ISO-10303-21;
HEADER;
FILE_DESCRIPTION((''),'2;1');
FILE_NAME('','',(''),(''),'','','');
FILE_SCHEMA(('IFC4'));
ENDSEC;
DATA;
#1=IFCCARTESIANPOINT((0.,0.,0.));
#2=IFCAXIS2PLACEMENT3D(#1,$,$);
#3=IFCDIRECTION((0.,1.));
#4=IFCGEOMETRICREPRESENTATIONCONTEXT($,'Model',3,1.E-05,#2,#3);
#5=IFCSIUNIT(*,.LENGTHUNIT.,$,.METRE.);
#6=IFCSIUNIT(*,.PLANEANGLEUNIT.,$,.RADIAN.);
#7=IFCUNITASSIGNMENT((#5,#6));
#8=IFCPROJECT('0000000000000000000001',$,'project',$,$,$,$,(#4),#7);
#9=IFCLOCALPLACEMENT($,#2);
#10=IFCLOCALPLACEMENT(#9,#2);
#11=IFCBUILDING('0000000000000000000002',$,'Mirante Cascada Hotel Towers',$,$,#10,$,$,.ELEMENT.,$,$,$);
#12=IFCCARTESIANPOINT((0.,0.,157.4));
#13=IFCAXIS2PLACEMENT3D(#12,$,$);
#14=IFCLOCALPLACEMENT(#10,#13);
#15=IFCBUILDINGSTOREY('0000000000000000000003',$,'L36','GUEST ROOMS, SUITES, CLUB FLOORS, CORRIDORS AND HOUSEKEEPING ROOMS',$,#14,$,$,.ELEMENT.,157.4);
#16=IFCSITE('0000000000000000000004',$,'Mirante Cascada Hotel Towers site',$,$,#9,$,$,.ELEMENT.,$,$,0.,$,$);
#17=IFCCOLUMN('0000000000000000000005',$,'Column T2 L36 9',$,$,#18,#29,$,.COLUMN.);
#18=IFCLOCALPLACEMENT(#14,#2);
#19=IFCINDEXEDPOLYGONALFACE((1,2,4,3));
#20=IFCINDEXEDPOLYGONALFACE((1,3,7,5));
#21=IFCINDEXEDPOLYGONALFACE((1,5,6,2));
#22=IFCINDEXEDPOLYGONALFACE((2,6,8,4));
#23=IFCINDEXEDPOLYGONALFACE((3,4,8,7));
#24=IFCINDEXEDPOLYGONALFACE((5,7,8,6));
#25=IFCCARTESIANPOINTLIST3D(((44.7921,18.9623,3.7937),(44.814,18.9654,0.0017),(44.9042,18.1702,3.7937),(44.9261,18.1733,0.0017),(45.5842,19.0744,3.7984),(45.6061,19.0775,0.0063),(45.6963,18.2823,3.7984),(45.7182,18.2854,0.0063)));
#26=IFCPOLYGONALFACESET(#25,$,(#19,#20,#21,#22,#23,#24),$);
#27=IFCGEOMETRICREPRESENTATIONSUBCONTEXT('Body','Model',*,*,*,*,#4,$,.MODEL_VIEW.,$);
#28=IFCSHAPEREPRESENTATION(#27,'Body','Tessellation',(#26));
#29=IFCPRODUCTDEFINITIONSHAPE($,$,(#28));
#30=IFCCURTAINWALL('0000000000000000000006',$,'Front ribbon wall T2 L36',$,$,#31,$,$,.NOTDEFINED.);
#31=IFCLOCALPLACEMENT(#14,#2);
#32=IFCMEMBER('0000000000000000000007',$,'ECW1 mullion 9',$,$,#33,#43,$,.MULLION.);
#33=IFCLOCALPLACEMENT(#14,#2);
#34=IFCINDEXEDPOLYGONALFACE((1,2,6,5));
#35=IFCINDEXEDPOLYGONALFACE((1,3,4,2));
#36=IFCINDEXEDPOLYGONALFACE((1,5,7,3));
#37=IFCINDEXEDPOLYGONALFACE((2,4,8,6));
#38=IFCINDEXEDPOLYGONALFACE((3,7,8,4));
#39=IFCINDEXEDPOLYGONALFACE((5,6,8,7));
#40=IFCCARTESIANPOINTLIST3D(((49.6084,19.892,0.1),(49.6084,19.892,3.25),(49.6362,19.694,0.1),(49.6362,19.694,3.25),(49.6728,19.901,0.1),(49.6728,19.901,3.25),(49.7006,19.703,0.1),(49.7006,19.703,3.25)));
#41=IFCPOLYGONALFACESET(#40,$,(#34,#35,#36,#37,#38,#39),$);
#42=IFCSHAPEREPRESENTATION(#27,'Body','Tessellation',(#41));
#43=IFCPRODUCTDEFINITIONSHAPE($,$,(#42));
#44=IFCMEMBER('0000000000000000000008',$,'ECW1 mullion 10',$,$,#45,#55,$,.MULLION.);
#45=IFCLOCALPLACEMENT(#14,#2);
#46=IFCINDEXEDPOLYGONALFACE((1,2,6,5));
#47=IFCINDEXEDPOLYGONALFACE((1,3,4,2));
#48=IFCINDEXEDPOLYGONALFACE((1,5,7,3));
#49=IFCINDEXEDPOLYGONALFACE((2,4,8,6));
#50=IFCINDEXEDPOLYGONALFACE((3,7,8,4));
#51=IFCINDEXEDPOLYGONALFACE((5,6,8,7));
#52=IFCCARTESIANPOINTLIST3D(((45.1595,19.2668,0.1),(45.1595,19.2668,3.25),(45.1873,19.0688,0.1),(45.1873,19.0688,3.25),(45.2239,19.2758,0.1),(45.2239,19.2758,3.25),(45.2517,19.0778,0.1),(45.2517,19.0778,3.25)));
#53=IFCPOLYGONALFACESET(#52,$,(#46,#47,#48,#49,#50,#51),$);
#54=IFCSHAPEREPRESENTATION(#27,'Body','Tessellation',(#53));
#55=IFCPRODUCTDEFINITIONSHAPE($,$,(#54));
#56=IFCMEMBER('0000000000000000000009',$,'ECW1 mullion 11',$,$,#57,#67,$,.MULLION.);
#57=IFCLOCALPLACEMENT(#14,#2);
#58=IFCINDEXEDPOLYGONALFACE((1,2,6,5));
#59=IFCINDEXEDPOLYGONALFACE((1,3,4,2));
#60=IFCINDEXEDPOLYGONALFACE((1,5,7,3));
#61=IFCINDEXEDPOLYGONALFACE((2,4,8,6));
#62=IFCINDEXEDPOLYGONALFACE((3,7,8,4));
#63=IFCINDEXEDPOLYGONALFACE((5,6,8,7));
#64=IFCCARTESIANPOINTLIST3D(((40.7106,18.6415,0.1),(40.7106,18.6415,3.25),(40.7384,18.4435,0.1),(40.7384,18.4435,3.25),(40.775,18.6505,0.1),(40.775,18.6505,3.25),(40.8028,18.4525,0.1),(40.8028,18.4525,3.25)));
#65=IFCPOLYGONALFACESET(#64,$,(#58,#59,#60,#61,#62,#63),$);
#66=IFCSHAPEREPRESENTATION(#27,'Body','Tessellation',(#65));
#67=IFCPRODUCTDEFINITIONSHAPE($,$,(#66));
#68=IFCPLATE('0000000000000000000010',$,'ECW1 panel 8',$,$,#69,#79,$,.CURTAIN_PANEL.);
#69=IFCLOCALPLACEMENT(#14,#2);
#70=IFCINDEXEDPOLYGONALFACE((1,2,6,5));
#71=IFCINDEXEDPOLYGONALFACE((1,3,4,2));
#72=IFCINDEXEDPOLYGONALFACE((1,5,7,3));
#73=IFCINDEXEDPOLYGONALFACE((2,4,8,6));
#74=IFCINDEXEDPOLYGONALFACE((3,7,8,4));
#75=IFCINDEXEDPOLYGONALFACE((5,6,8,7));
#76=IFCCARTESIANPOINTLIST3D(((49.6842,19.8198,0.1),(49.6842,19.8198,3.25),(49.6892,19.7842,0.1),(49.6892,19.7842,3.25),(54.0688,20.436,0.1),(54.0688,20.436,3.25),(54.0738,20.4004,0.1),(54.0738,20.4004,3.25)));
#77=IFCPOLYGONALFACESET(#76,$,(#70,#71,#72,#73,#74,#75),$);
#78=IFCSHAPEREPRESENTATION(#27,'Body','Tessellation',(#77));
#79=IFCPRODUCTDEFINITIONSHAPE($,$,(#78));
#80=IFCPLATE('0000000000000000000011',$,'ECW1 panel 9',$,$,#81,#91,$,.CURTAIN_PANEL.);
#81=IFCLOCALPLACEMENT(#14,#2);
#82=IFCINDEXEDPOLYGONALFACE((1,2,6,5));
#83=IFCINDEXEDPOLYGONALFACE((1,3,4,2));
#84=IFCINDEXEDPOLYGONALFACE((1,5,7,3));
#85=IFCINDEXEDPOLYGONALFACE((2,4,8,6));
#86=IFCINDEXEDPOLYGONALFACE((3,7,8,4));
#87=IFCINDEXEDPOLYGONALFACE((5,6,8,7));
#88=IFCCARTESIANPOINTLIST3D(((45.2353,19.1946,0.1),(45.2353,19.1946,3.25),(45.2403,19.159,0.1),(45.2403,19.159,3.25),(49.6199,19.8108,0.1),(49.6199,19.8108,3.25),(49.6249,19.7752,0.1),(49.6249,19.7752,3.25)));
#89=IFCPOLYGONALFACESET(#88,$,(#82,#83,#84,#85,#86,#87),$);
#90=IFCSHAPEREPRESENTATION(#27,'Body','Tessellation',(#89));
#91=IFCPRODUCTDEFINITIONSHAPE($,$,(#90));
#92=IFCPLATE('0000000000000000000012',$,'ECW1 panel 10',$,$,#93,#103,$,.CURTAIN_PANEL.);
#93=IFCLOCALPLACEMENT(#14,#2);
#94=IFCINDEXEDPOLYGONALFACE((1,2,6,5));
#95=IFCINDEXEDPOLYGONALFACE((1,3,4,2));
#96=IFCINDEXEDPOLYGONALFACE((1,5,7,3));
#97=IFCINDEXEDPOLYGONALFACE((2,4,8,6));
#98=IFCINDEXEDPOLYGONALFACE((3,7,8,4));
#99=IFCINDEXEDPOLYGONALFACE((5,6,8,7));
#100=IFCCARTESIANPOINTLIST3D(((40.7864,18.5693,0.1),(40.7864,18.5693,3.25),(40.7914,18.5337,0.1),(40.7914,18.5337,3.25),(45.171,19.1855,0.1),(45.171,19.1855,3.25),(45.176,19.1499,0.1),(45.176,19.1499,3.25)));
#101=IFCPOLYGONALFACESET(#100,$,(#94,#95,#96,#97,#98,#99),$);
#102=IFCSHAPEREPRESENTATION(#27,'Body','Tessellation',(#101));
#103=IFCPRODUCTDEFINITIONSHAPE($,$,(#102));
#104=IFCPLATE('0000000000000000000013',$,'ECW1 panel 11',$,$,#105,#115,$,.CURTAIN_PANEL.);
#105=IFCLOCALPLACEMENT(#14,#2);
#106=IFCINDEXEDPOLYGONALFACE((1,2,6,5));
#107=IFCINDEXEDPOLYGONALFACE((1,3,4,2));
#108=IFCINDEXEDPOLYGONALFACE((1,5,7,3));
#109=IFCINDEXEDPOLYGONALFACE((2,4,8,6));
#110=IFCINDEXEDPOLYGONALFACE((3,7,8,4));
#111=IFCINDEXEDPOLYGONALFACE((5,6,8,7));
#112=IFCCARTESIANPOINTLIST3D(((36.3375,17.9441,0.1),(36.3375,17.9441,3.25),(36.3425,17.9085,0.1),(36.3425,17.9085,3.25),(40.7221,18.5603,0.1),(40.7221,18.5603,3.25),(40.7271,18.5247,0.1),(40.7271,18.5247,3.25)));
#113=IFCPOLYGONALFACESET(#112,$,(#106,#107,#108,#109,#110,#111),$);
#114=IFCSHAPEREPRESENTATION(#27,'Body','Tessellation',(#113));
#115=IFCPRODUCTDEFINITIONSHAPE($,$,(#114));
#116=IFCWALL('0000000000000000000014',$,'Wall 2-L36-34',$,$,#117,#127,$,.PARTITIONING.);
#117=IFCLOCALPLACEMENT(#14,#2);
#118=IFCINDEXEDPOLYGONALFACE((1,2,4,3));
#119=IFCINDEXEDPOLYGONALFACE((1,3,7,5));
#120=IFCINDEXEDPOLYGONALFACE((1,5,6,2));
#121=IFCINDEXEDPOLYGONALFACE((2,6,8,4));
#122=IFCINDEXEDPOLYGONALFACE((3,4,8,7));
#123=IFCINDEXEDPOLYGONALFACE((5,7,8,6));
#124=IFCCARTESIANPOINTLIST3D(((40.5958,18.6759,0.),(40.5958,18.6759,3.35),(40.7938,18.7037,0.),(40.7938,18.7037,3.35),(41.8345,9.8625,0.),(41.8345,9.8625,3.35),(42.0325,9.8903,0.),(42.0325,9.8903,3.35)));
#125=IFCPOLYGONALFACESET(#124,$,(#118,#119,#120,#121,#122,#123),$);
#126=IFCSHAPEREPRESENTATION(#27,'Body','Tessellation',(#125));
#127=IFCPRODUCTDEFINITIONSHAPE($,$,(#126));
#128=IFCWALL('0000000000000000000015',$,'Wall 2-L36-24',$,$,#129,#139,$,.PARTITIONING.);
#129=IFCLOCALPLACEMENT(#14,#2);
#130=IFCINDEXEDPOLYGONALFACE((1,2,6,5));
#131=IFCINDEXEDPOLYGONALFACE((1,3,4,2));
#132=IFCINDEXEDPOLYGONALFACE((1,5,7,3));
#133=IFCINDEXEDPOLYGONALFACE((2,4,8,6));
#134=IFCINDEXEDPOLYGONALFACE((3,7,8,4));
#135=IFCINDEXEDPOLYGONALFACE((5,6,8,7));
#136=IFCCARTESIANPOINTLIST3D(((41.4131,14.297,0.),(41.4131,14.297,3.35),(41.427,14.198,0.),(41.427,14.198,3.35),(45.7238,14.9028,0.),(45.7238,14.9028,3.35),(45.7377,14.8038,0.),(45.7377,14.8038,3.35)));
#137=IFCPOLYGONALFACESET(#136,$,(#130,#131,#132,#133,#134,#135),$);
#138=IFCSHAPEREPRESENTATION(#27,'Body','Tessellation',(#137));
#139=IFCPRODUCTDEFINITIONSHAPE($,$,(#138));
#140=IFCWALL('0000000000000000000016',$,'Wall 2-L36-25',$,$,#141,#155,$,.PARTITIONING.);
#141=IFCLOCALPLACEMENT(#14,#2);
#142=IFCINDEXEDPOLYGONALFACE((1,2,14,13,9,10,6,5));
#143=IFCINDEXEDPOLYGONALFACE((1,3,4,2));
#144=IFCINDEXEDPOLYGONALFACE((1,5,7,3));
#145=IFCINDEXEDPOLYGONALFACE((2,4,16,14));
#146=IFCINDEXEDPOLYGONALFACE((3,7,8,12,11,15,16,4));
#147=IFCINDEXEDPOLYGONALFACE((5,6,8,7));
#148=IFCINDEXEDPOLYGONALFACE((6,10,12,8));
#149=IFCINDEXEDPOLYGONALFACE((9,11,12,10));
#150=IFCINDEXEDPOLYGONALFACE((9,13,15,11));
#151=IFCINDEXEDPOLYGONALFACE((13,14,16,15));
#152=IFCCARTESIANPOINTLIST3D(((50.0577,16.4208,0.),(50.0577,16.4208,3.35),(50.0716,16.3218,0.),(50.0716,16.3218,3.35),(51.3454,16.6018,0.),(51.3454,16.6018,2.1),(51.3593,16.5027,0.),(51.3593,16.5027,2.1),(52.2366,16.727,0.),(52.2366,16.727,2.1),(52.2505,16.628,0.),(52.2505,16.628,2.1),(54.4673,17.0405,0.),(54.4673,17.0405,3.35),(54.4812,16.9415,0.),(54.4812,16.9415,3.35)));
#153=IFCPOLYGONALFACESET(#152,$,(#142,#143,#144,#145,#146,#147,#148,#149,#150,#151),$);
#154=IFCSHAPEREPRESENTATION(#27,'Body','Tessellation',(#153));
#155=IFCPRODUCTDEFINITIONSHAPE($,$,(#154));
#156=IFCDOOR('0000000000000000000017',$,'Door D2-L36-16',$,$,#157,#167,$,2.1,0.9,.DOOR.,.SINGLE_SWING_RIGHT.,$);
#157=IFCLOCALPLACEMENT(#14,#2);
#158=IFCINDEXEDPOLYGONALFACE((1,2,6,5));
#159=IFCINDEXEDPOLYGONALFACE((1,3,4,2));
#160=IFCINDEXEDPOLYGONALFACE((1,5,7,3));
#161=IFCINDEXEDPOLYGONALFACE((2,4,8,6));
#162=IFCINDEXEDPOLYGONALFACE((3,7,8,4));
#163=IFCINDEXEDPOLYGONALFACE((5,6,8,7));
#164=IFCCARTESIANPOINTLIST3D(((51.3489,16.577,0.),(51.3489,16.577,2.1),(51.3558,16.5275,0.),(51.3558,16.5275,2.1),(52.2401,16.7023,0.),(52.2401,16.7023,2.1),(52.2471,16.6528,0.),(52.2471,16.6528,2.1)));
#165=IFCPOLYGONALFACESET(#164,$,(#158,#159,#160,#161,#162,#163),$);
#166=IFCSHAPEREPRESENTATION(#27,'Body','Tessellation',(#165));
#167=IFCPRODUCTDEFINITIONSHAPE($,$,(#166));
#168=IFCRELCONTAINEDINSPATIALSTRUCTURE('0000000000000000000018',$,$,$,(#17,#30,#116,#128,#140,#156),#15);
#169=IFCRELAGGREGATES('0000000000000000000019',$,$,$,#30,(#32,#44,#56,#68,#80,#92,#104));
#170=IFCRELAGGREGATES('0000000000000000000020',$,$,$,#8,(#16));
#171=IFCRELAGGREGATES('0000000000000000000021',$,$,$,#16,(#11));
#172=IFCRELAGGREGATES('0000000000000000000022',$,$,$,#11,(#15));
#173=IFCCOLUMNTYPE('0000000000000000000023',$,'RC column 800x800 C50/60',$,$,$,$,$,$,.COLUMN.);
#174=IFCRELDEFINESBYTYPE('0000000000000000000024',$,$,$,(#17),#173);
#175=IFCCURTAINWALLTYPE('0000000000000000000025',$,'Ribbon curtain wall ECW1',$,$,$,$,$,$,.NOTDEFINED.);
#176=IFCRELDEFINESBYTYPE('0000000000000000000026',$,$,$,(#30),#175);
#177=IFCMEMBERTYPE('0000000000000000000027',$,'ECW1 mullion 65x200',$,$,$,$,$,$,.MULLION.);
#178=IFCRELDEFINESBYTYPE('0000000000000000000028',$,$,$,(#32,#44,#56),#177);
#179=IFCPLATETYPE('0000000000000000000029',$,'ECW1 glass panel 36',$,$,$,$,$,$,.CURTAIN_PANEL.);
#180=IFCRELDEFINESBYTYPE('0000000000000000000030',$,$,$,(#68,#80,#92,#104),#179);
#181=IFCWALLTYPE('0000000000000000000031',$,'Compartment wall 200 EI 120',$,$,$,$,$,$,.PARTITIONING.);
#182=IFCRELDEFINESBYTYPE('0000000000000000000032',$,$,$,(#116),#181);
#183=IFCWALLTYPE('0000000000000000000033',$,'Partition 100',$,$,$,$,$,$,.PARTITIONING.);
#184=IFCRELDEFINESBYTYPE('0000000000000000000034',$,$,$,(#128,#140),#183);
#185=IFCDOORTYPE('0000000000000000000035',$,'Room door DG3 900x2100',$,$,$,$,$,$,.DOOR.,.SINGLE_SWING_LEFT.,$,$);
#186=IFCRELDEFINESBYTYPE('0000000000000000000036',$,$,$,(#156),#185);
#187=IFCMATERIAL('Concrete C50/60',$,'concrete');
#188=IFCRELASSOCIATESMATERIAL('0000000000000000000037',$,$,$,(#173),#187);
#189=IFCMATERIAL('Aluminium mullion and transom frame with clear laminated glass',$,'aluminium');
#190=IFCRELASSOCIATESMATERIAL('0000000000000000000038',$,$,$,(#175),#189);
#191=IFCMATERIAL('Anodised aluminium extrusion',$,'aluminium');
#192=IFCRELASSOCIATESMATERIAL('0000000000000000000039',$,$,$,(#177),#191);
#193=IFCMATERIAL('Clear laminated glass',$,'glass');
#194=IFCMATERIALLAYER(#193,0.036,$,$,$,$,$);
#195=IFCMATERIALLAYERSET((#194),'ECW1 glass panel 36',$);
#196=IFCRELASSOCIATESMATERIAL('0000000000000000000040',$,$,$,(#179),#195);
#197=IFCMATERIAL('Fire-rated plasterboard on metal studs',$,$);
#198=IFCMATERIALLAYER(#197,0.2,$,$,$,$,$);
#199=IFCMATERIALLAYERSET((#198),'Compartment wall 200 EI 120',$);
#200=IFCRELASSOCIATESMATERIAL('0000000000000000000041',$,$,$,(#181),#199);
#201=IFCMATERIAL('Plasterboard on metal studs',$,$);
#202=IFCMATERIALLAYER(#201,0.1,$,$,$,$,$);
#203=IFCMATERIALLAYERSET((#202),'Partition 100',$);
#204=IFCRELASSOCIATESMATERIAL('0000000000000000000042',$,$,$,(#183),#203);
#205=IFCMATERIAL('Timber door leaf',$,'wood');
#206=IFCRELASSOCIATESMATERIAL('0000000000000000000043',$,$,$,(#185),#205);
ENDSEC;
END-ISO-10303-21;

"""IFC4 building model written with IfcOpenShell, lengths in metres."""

from ifc_helpers import new_model, si_unit, direction, frame, frame_2d, origin, origin_2d, place, context, subcontext, project, spatial, rectangle, extrude, material, layer, layer_set, material_profile, profile_set, type_object, element, fill, aggregate, save


model = new_model("IFC4")

# Units and contexts
model_context = context("Model", 3, precision=1e-05, world=origin(), true_north=direction((0.0, 1.0)))
body_context = subcontext(model_context, "Body", "Model", "MODEL_VIEW")
ifc_project = project(units=[si_unit("LENGTHUNIT", "METRE"), si_unit("PLANEANGLEUNIT", "RADIAN")], contexts=[model_context])

# Site, building, storey
site_placement = place(None, origin())
site = spatial("IfcSite", under=ifc_project, at=site_placement, Name="Mirante Cascada Hotel Towers site", CompositionType="ELEMENT", RefElevation=0.0)
building_placement = place(site_placement, origin())
building = spatial("IfcBuilding", under=site, at=building_placement, Name="Mirante Cascada Hotel Towers", CompositionType="ELEMENT")
storey_placement = place(building_placement, frame((0.0, 0.0, 157.4)))
storey = spatial("IfcBuildingStorey", under=building, at=storey_placement, Name="L36", Description="GUEST ROOMS, SUITES, CLUB FLOORS, CORRIDORS AND HOUSEKEEPING ROOMS", CompositionType="ELEMENT", Elevation=157.4)

# Column
ifc_material_1 = material(Name="Concrete C50/60", Category="concrete")
ifc_material_profile_1 = material_profile(ifc_material_1, rectangle(XDim=0.8, YDim=0.8, at=origin_2d()), Name="RC column 800x800 C50/60")
ifc_profile_set_1 = profile_set([ifc_material_profile_1], Name="Concrete C50/60")
column_type = type_object("IfcColumnType", Name="RC column 800x800 C50/60", PredefinedType="COLUMN", material=ifc_profile_set_1)
column_placement = place(storey_placement, frame((45.2661, 18.6254, 0.004), z_axis=(-0.005775, -0.000817, 0.999983), x_axis=(0.140155, -0.990129, 0.0)))
element("IfcColumn", 1, at=column_placement, inside=storey, type_object=column_type, Name="Column T2 L36 9", PredefinedType="COLUMN", context=body_context, shape_type="SweptSolid", body=[
    extrude(rectangle(XDim=0.8, YDim=0.8, at=origin_2d()), origin(), (0.0, 0.0, 1.0), 3.7921),
])

# Curtain wall, members, plates
ifc_material_2 = material(Name="Aluminium mullion and transom frame with clear laminated glass", Category="aluminium")
curtain_wall_type = type_object("IfcCurtainWallType", Name="Ribbon curtain wall ECW1", PredefinedType="NOTDEFINED", material=ifc_material_2)
curtain_wall_placement = place(storey_placement, origin())
curtain_wall = element("IfcCurtainWall", 2, at=curtain_wall_placement, inside=storey, type_object=curtain_wall_type, Name="Front ribbon wall T2 L36", PredefinedType="NOTDEFINED")
ifc_material_3 = material(Name="Anodised aluminium extrusion", Category="aluminium")
ifc_material_profile_2 = material_profile(ifc_material_3, rectangle(XDim=0.2, YDim=0.065, at=origin_2d()), Name="ECW1 MULLION 65x200")
ifc_profile_set_2 = profile_set([ifc_material_profile_2], Name="Anodised aluminium extrusion")
member_type = type_object("IfcMemberType", Name="ECW1 mullion 65x200", PredefinedType="MULLION", material=ifc_profile_set_2)
member_1_placement = place(storey_placement, frame((49.6545, 19.7975, 0.1), z_axis=(0.0, 0.0, 1.0), x_axis=(0.139173, -0.990268, 0.0)))
member_1 = element("IfcMember", 3, at=member_1_placement, type_object=member_type, Name="ECW1 mullion 9", PredefinedType="MULLION", context=body_context, shape_type="SweptSolid", body=[
    extrude(rectangle(XDim=0.2, YDim=0.065, at=origin_2d()), origin(), (0.0, 0.0, 1.0), 3.15),
])
member_2_placement = place(storey_placement, frame((45.2056, 19.1723, 0.1), z_axis=(0.0, 0.0, 1.0), x_axis=(0.139173, -0.990268, 0.0)))
member_2 = element("IfcMember", 4, at=member_2_placement, type_object=member_type, Name="ECW1 mullion 10", PredefinedType="MULLION", context=body_context, shape_type="SweptSolid", body=[
    extrude(rectangle(XDim=0.2, YDim=0.065, at=origin_2d()), origin(), (0.0, 0.0, 1.0), 3.15),
])
member_3_placement = place(storey_placement, frame((40.7567, 18.547, 0.1), z_axis=(0.0, 0.0, 1.0), x_axis=(0.139173, -0.990268, 0.0)))
member_3 = element("IfcMember", 5, at=member_3_placement, type_object=member_type, Name="ECW1 mullion 11", PredefinedType="MULLION", context=body_context, shape_type="SweptSolid", body=[
    extrude(rectangle(XDim=0.2, YDim=0.065, at=origin_2d()), origin(), (0.0, 0.0, 1.0), 3.15),
])
ifc_material_4 = material(Name="Clear laminated glass", Category="glass")
ifc_layer_1 = layer(ifc_material_4, 0.036)
ifc_layer_set_1 = layer_set([ifc_layer_1], Name="ECW1 glass panel 36")
plate_type = type_object("IfcPlateType", Name="ECW1 glass panel 36", PredefinedType="CURTAIN_PANEL", material=ifc_layer_set_1)
plate_1_placement = place(storey_placement, frame((51.879, 20.1101, 0.1), z_axis=(0.0, 0.0, 1.0), x_axis=(-0.990268, -0.139173, 0.0)))
plate_1 = element("IfcPlate", 6, at=plate_1_placement, type_object=plate_type, Name="ECW1 panel 8", PredefinedType="CURTAIN_PANEL", context=body_context, shape_type="SweptSolid", body=[
    extrude(rectangle(XDim=4.4276, YDim=0.036, at=origin_2d()), origin(), (0.0, 0.0, 1.0), 3.15),
])
plate_2_placement = place(storey_placement, frame((47.4301, 19.4849, 0.1), z_axis=(0.0, 0.0, 1.0), x_axis=(-0.990268, -0.139173, 0.0)))
plate_2 = element("IfcPlate", 7, at=plate_2_placement, type_object=plate_type, Name="ECW1 panel 9", PredefinedType="CURTAIN_PANEL", context=body_context, shape_type="SweptSolid", body=[
    extrude(rectangle(XDim=4.4276, YDim=0.036, at=origin_2d()), origin(), (0.0, 0.0, 1.0), 3.15),
])
plate_3_placement = place(storey_placement, frame((42.9812, 18.8596, 0.1), z_axis=(0.0, 0.0, 1.0), x_axis=(-0.990268, -0.139173, 0.0)))
plate_3 = element("IfcPlate", 8, at=plate_3_placement, type_object=plate_type, Name="ECW1 panel 10", PredefinedType="CURTAIN_PANEL", context=body_context, shape_type="SweptSolid", body=[
    extrude(rectangle(XDim=4.4276, YDim=0.036, at=origin_2d()), origin(), (0.0, 0.0, 1.0), 3.15),
])
plate_4_placement = place(storey_placement, frame((38.5323, 18.2344, 0.1), z_axis=(0.0, 0.0, 1.0), x_axis=(-0.990268, -0.139173, 0.0)))
plate_4 = element("IfcPlate", 9, at=plate_4_placement, type_object=plate_type, Name="ECW1 panel 11", PredefinedType="CURTAIN_PANEL", context=body_context, shape_type="SweptSolid", body=[
    extrude(rectangle(XDim=4.4276, YDim=0.036, at=origin_2d()), origin(), (0.0, 0.0, 1.0), 3.15),
])
aggregate(curtain_wall, [member_1, member_2, member_3, plate_1, plate_2, plate_3, plate_4])

# Walls
ifc_material_5 = material(Name="Fire-rated plasterboard on metal studs")
ifc_layer_2 = layer(ifc_material_5, 0.2)
ifc_layer_set_2 = layer_set([ifc_layer_2], Name="Compartment wall 200 EI 120")
wall_type_1 = type_object("IfcWallType", Name="Compartment wall 200 EI 120", PredefinedType="PARTITIONING", material=ifc_layer_set_2)
wall_1_placement = place(storey_placement, frame((40.6948, 18.6898, 0.0), z_axis=(0.0, 0.0, 1.0), x_axis=(0.139179, -0.990267, 0.0)))
element("IfcWall", 10, at=wall_1_placement, inside=storey, type_object=wall_type_1, Name="Wall 2-L36-34", PredefinedType="PARTITIONING", context=body_context, shape_type="SweptSolid", body=[
    extrude(rectangle(XDim=8.9, YDim=0.2, at=frame_2d((4.45, 0.0))), origin(), (0.0, 0.0, 1.0), 3.35),
])
ifc_material_6 = material(Name="Plasterboard on metal studs")
ifc_layer_3 = layer(ifc_material_6, 0.1)
ifc_layer_set_3 = layer_set([ifc_layer_3], Name="Partition 100")
wall_type_2 = type_object("IfcWallType", Name="Partition 100", PredefinedType="PARTITIONING", material=ifc_layer_set_3)
wall_2_placement = place(storey_placement, frame((45.7308, 14.8533, 0.0), z_axis=(0.0, 0.0, 1.0), x_axis=(-0.990269, -0.139166, 0.0)))
element("IfcWall", 11, at=wall_2_placement, inside=storey, type_object=wall_type_2, Name="Wall 2-L36-24", PredefinedType="PARTITIONING", context=body_context, shape_type="SweptSolid", body=[
    extrude(rectangle(XDim=4.3531, YDim=0.1, at=frame_2d((2.1766, 0.0))), origin(), (0.0, 0.0, 1.0), 3.35),
])

# Wall, opening, door
wall_3_placement = place(storey_placement, frame((50.0647, 16.3713, 0.0), z_axis=(0.0, 0.0, 1.0), x_axis=(0.990269, 0.139167, 0.0)))
wall_3 = element("IfcWall", 12, at=wall_3_placement, inside=storey, type_object=wall_type_2, Name="Wall 2-L36-25", PredefinedType="PARTITIONING", context=body_context, shape_type="SweptSolid", body=[
    extrude(rectangle(XDim=4.4529, YDim=0.1, at=frame_2d((2.2264, 0.0))), origin(), (0.0, 0.0, 1.0), 3.35),
])
opening_1_placement = place(wall_3_placement, frame((1.3003, 0.0, 0.0)))
opening_1 = element("IfcOpeningElement", 13, at=opening_1_placement, cuts=wall_3, PredefinedType="OPENING", context=body_context, shape_type="SweptSolid", body=[
    extrude(rectangle(XDim=0.9, YDim=2.1, at=frame_2d((0.45, 1.05))), frame((0.0, 0.05, 0.0), z_axis=(0.0, -1.0, 0.0), x_axis=(1.0, 0.0, 0.0)), (0.0, 0.0, 1.0), 0.1),
])
ifc_material_7 = material(Name="Timber door leaf", Category="wood")
door_type_1 = type_object("IfcDoorType", Name="Room door DG3 900x2100", OperationType="SINGLE_SWING_LEFT", PredefinedType="DOOR", material=ifc_material_7)
door_1_placement = place(opening_1_placement, frame((0.9, 0.0, 0.0), z_axis=(0.0, 0.0, 1.0), x_axis=(-1.0, 0.0, 0.0)))
door_1 = element("IfcDoor", 14, at=door_1_placement, inside=storey, type_object=door_type_1, Name="Door D2-L36-16", OperationType="SINGLE_SWING_RIGHT", OverallHeight=2.1, OverallWidth=0.9, PredefinedType="DOOR", context=body_context, shape_type="SweptSolid", body=[
    extrude(rectangle(XDim=0.9, YDim=2.1, at=frame_2d((0.45, 1.05))), frame((0.0, 0.025, 0.0), z_axis=(0.0, -1.0, 0.0), x_axis=(1.0, 0.0, 0.0)), (0.0, 0.0, 1.0), 0.05),
])
fill(opening_1, door_1)

save(model, "model.ifc")
